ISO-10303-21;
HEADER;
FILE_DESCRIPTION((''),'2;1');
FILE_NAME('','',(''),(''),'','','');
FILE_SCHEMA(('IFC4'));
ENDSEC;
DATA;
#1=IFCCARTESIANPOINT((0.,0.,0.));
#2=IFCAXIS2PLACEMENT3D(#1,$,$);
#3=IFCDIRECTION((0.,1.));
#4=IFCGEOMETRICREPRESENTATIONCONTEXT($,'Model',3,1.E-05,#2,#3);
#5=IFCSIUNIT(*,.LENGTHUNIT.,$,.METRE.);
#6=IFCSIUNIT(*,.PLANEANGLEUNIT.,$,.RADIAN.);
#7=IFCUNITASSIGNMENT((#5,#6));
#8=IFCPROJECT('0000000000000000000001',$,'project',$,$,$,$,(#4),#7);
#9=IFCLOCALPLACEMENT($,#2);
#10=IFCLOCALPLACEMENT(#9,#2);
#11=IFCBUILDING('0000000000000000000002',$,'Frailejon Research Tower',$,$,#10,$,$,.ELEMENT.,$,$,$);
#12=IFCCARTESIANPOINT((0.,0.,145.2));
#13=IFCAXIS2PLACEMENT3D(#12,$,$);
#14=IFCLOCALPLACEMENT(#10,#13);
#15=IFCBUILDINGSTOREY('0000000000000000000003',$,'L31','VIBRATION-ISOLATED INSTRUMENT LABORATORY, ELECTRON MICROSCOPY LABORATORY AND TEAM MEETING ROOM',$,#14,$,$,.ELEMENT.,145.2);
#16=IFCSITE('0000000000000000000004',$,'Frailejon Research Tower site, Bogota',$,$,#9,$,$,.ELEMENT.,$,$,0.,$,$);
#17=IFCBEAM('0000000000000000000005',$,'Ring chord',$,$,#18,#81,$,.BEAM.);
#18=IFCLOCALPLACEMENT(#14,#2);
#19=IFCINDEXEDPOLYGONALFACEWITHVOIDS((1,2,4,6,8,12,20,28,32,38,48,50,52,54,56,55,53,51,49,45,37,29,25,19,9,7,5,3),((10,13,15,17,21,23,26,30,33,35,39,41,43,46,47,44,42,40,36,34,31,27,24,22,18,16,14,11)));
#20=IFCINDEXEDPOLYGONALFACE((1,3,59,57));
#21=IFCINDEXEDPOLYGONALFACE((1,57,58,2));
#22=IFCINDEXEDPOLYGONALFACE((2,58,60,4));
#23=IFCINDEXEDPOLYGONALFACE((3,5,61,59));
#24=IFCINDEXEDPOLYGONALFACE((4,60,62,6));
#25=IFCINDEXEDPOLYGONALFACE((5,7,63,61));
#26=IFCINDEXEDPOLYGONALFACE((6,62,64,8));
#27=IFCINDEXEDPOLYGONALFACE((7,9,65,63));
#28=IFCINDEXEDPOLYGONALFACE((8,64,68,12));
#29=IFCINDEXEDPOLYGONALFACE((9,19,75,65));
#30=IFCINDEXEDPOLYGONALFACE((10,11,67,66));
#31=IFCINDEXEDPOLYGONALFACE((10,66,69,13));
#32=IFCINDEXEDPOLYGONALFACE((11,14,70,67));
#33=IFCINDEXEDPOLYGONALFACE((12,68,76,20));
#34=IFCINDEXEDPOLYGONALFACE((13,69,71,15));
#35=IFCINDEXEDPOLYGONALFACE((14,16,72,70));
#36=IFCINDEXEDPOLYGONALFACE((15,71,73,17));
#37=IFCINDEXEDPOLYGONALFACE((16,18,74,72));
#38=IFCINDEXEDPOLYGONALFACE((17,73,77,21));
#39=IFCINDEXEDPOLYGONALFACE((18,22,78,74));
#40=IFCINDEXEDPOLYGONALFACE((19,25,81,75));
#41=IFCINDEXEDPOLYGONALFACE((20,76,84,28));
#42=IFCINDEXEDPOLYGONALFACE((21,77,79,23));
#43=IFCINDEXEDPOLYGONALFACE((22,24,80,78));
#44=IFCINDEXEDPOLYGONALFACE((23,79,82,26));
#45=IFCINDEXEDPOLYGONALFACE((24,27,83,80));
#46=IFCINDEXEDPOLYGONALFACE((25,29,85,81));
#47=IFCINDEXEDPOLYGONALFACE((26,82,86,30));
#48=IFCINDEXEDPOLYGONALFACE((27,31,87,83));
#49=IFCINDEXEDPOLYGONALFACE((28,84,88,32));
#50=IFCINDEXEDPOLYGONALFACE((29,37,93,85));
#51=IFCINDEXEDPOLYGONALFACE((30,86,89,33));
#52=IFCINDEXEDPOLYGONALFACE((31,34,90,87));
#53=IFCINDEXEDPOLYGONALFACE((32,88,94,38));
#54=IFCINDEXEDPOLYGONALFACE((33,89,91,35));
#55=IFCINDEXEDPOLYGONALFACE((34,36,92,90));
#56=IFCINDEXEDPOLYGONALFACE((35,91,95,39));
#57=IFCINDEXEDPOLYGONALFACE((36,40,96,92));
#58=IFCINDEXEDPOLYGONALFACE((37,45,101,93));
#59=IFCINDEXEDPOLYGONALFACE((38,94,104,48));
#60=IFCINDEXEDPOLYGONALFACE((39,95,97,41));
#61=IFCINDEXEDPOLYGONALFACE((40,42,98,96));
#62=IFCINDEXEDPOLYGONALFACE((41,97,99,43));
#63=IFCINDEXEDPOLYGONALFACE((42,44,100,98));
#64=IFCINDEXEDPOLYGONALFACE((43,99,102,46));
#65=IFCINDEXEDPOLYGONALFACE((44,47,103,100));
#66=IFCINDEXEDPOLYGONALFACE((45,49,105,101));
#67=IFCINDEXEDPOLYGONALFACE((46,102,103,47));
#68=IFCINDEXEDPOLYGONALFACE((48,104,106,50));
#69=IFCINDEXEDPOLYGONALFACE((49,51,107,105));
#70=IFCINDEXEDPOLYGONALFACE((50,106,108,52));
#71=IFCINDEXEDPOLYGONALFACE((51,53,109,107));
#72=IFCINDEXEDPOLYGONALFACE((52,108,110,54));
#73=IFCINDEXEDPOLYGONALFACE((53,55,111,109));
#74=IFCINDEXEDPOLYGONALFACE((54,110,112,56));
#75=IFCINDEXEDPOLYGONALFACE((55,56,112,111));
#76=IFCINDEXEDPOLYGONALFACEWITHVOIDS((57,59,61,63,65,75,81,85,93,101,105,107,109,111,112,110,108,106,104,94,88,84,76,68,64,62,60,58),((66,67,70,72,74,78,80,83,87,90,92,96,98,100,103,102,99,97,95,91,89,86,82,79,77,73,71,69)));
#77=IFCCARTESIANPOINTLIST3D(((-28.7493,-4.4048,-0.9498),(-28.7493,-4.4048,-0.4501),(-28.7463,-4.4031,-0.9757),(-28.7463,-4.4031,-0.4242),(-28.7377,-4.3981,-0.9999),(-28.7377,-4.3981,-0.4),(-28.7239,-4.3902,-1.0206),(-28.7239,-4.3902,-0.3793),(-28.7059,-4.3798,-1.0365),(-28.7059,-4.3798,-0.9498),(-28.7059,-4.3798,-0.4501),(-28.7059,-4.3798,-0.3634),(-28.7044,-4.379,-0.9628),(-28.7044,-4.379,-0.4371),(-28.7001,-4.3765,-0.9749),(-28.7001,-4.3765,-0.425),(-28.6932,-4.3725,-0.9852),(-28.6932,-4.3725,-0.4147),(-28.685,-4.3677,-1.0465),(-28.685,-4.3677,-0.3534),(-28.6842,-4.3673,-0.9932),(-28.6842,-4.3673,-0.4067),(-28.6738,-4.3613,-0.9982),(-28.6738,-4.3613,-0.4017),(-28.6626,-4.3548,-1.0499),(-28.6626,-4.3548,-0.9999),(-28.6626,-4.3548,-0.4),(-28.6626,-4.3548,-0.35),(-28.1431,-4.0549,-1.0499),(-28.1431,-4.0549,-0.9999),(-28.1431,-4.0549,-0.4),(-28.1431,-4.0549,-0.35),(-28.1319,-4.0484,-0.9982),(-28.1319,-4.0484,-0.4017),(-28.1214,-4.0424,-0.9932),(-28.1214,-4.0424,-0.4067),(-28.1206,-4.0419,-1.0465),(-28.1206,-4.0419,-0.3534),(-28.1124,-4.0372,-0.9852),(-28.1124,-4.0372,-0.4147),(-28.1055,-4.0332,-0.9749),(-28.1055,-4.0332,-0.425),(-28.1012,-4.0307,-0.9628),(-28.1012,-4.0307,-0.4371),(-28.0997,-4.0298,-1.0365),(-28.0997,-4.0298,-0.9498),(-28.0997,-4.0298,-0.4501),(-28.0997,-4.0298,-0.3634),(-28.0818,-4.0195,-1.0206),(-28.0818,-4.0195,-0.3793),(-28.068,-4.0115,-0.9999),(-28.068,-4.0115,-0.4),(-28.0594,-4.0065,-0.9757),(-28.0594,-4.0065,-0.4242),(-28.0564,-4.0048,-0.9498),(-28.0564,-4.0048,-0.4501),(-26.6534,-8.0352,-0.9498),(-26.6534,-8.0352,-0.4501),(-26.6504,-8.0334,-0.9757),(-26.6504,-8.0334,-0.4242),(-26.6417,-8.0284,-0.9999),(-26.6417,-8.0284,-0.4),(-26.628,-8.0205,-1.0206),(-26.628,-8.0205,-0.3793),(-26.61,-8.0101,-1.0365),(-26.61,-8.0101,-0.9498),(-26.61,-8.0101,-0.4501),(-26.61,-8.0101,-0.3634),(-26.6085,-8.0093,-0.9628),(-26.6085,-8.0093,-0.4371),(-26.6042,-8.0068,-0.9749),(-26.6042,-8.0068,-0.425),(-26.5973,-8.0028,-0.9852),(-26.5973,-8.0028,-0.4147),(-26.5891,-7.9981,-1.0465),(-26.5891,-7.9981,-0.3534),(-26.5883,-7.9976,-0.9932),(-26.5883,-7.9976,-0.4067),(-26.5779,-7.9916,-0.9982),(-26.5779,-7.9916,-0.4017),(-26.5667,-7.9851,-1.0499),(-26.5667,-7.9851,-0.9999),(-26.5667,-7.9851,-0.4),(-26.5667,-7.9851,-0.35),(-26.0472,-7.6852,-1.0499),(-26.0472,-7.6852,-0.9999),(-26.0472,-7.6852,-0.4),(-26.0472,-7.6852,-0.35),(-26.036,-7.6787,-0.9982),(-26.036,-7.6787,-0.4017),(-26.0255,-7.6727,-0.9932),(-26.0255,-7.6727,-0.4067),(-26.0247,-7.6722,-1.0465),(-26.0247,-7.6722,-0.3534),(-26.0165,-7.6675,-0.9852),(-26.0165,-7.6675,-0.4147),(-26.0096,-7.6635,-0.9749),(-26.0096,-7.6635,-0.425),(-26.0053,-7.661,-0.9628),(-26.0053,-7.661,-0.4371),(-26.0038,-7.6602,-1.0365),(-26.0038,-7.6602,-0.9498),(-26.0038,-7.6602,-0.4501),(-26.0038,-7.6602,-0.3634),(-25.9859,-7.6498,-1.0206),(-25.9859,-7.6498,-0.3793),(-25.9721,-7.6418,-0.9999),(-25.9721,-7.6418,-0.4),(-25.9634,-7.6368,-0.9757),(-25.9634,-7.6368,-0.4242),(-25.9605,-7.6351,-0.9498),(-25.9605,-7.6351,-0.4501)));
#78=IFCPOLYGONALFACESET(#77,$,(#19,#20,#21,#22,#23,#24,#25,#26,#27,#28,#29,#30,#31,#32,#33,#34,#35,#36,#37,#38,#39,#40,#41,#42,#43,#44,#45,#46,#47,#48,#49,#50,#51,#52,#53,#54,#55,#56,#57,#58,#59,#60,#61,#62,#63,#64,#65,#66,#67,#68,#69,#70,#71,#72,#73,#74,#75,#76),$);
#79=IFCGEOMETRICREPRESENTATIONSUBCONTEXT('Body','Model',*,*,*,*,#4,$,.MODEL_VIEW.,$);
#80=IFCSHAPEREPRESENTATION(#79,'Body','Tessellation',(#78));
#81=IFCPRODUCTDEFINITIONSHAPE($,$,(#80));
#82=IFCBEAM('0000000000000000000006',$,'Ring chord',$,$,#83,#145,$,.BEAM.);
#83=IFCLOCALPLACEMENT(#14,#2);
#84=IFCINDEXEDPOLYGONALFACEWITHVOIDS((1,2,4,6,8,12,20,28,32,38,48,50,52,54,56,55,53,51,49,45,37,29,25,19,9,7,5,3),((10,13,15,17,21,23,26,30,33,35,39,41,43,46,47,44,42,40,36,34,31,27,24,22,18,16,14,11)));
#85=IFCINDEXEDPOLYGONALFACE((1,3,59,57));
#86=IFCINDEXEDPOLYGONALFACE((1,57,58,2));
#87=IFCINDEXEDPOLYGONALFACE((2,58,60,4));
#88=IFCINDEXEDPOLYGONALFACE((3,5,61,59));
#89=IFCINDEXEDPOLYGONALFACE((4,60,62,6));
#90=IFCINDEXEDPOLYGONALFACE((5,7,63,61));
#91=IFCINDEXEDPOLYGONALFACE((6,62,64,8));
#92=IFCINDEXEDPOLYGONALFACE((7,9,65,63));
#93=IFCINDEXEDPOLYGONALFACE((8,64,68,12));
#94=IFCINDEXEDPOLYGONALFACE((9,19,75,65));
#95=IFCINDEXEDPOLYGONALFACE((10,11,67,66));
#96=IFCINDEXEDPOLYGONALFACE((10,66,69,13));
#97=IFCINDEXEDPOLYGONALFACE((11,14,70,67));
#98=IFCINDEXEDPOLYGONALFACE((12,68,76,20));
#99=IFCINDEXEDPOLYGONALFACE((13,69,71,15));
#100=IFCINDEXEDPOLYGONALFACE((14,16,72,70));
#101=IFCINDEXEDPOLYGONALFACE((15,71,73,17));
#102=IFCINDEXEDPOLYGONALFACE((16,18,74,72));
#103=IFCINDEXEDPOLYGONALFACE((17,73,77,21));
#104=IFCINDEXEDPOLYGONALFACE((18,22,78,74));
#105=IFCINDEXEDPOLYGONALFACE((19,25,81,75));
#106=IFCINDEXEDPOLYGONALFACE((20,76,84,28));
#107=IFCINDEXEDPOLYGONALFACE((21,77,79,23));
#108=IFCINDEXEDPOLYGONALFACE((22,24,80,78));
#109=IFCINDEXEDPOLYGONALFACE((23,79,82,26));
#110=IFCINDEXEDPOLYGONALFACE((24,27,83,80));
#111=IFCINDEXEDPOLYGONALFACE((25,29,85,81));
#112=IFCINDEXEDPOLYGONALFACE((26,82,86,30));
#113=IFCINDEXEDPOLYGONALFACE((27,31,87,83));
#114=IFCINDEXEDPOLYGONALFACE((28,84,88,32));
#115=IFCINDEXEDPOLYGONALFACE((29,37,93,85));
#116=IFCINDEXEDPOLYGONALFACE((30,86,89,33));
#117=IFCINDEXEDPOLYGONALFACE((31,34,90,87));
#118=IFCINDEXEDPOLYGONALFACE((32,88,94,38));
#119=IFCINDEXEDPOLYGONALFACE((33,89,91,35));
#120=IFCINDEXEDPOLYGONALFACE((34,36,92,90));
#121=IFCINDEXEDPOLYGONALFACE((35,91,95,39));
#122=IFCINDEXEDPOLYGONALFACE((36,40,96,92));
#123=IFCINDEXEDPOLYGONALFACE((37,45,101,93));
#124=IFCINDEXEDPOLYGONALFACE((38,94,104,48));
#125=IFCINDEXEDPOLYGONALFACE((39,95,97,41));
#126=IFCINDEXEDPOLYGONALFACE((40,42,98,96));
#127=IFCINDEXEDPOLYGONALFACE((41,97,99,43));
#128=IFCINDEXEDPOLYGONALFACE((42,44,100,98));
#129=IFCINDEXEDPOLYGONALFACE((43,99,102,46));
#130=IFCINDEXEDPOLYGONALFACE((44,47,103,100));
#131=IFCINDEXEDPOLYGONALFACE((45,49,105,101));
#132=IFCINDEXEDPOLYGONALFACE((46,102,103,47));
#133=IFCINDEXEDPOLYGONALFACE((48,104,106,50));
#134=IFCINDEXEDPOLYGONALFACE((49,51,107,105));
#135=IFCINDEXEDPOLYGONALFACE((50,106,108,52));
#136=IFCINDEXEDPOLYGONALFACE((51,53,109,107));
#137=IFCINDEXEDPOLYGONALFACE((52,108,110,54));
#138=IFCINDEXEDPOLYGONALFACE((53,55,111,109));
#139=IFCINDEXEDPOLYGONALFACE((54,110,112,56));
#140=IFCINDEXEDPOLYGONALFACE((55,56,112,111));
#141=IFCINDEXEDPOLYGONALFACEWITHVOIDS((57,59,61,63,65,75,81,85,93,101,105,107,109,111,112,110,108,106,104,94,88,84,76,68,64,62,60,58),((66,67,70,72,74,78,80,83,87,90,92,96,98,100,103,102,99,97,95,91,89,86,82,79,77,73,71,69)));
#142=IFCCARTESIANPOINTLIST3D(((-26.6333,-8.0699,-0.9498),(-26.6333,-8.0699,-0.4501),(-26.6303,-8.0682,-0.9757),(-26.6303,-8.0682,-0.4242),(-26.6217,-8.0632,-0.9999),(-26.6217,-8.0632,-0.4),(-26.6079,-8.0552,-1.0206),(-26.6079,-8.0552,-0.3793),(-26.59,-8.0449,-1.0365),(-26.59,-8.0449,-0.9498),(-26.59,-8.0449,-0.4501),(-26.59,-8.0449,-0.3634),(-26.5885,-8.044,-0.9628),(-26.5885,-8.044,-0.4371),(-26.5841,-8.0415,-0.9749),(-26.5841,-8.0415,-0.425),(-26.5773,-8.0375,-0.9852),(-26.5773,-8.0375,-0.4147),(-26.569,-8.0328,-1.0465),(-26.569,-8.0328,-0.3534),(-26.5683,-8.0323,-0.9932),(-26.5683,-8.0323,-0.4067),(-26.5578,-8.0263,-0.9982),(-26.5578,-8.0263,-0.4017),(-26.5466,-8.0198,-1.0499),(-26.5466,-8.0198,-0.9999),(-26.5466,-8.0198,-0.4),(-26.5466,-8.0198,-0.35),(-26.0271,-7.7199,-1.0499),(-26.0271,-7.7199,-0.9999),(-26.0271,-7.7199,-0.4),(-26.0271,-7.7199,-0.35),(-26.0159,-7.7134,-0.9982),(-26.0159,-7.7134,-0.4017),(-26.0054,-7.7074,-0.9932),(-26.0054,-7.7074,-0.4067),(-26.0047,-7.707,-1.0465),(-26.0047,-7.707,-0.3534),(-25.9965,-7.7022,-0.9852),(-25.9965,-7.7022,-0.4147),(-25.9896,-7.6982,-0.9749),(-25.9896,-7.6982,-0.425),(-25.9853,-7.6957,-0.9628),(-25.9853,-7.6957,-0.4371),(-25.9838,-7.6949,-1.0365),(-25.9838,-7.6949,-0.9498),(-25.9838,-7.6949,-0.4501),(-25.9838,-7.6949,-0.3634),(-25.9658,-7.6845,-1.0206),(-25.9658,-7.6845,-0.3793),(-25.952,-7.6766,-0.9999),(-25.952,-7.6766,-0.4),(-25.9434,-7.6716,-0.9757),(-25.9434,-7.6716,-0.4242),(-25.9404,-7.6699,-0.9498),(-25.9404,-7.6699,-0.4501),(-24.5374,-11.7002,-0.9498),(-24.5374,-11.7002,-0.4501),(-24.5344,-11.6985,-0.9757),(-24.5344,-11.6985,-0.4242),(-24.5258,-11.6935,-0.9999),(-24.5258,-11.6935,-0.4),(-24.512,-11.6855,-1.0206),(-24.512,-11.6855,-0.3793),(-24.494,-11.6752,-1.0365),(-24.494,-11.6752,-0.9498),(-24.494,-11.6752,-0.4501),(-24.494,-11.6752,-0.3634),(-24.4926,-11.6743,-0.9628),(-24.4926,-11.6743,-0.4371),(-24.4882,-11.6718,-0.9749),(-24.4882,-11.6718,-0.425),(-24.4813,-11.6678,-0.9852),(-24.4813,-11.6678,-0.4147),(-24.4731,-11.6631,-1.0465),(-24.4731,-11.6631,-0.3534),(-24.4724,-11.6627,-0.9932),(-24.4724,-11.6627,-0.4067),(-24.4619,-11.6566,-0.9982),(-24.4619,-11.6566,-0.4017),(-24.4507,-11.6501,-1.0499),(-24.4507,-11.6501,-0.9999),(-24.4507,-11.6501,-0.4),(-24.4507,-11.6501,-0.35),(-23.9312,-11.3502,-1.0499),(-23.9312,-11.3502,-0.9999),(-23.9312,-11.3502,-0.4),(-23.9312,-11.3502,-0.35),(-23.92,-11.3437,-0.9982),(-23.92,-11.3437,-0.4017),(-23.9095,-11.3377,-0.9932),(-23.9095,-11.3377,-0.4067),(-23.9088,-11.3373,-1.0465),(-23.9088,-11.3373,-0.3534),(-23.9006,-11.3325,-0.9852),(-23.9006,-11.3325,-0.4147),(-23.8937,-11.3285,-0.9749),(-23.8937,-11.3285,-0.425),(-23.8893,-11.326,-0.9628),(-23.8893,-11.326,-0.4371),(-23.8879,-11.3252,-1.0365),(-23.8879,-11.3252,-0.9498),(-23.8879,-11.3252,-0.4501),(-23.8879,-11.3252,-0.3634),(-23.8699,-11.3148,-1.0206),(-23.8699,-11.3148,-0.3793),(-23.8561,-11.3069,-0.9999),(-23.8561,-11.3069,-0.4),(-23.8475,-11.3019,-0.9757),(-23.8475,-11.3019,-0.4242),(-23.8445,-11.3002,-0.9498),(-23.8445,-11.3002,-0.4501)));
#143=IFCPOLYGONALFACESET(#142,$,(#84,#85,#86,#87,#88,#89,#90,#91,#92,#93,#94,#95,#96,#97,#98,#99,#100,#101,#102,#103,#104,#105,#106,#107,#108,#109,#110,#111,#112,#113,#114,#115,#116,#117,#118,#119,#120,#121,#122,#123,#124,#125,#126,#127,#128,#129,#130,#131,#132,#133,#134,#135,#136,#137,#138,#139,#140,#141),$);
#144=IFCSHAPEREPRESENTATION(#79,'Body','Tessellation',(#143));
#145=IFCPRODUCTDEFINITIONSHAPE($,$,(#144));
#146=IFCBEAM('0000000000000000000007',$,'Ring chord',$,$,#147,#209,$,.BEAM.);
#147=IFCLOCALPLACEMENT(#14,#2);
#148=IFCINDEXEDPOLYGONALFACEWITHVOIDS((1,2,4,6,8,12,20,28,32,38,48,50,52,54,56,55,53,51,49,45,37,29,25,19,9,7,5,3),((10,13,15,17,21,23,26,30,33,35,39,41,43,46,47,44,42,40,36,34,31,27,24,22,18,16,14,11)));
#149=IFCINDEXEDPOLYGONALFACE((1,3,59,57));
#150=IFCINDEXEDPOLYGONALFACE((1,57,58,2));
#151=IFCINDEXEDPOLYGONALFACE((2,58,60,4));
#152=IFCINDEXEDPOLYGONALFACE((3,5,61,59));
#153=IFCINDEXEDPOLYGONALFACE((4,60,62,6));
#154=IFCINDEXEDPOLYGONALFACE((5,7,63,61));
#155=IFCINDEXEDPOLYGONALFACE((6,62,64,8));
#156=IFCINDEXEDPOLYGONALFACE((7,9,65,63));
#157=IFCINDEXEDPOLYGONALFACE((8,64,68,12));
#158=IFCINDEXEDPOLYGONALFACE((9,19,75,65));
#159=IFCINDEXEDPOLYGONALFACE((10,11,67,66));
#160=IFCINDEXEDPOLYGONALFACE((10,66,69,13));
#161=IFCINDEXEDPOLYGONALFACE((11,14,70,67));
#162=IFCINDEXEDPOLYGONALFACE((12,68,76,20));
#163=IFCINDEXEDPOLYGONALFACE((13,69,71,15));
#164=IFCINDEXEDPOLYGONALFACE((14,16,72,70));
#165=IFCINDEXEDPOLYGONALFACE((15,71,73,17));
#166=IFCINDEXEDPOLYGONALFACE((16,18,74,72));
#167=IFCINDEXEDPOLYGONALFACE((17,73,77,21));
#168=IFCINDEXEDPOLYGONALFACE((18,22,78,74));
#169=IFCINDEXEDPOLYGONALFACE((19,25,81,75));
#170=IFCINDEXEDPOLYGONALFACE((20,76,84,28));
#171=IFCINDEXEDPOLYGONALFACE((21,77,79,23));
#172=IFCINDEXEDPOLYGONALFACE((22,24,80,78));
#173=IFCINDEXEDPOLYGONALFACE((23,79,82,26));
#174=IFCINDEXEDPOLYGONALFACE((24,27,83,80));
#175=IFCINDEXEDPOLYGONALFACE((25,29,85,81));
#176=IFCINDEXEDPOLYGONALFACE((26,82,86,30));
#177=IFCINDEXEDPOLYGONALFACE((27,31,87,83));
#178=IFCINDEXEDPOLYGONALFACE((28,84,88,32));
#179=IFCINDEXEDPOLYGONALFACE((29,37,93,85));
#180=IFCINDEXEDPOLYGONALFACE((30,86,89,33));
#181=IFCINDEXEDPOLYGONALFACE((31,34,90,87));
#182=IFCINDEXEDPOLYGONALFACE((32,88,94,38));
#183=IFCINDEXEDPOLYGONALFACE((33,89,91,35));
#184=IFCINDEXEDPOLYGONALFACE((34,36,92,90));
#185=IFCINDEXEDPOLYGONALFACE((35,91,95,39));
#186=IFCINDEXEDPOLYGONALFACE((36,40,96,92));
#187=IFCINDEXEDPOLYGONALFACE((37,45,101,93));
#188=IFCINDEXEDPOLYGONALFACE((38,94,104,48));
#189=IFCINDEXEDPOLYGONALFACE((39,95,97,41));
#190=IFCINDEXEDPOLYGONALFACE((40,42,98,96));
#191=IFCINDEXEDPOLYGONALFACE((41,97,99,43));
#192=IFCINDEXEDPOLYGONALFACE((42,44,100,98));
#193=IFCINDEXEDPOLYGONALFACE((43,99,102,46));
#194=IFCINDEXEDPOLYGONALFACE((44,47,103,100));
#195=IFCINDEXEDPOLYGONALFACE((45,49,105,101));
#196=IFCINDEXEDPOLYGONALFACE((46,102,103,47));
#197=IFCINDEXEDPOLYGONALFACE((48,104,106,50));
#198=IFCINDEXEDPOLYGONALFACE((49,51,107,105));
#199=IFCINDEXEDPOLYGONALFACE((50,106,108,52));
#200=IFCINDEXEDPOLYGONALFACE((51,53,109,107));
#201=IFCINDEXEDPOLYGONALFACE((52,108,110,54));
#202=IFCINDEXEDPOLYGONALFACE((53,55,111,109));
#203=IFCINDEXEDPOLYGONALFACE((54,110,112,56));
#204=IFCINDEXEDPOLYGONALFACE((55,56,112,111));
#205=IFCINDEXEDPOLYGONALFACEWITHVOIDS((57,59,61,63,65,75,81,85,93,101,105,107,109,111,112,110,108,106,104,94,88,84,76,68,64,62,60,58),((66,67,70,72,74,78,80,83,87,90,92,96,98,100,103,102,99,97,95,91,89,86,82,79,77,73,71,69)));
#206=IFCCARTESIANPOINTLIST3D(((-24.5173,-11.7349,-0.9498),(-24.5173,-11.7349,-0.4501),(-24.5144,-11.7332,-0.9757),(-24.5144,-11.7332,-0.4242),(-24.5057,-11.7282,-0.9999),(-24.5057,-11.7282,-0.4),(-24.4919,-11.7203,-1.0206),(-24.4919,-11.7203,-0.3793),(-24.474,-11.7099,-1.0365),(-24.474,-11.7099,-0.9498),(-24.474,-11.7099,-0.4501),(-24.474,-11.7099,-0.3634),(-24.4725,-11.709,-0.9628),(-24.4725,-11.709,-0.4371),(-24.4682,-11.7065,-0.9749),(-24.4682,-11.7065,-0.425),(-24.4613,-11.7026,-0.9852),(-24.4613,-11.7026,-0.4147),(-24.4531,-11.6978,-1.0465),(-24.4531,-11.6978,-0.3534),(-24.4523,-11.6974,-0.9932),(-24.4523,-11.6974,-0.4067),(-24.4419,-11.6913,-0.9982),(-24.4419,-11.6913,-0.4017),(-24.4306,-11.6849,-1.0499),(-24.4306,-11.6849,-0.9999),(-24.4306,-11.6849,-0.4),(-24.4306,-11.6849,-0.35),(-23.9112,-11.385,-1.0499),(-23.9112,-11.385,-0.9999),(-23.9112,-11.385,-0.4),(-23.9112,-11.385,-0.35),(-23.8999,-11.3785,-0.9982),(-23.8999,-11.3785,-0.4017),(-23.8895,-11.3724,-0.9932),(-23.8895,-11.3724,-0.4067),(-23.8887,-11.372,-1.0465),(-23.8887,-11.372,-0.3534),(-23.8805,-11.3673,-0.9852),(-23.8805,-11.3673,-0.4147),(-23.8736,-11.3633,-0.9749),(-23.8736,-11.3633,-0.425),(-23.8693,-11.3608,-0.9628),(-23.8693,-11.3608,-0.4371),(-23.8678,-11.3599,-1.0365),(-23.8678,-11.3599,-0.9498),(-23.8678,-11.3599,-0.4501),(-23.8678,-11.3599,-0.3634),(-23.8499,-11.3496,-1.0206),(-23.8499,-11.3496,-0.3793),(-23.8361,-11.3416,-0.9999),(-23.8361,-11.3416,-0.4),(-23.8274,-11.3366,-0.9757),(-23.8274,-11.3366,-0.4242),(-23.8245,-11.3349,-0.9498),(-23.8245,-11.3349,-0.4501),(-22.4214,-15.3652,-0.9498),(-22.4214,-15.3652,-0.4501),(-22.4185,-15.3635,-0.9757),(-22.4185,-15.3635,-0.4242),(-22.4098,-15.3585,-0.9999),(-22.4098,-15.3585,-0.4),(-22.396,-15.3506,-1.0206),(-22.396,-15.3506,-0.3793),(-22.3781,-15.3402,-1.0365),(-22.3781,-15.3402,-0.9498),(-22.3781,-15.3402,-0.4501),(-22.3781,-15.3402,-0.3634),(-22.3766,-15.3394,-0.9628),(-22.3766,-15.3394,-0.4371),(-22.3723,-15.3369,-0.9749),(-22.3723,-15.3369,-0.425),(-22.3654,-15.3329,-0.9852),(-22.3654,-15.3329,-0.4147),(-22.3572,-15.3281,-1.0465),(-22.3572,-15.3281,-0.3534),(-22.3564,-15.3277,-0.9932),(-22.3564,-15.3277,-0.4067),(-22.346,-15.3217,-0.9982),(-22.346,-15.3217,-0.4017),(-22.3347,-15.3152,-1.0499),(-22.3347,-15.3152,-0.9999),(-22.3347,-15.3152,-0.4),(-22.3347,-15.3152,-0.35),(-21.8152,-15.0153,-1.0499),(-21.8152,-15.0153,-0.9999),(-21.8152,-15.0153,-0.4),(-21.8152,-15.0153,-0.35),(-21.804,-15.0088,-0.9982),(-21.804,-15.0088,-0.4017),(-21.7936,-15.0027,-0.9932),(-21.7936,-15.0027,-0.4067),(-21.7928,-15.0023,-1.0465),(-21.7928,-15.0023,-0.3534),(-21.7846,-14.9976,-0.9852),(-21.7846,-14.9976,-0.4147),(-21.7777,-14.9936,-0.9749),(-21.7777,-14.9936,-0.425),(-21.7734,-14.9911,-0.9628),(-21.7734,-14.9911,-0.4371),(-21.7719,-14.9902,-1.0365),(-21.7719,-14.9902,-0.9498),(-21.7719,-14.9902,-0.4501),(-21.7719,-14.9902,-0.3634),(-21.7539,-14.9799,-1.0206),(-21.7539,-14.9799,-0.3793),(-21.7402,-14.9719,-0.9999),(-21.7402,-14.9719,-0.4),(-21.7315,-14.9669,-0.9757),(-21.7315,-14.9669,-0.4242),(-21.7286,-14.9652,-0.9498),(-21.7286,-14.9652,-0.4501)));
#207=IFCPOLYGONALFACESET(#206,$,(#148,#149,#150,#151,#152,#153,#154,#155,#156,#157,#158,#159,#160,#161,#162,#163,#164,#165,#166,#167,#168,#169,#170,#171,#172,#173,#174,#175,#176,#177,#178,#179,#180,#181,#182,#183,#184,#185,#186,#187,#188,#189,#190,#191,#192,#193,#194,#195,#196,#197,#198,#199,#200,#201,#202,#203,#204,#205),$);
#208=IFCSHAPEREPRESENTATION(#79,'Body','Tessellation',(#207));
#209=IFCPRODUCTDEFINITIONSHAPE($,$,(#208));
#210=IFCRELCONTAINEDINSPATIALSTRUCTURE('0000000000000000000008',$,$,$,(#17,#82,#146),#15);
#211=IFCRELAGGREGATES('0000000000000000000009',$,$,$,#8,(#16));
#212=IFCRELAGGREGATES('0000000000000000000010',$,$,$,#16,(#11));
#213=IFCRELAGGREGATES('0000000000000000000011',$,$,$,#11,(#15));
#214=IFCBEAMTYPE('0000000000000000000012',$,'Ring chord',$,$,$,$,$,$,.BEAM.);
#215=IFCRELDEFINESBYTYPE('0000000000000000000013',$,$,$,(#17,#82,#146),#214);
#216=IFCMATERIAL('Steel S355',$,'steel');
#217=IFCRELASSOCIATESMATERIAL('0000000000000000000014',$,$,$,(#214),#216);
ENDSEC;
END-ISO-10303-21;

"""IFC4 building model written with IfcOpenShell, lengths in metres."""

from ifc_helpers import new_model, si_unit, direction, frame, origin, origin_2d, place, context, subcontext, project, spatial, hollow_rectangle, extrude, material, material_profile, profile_set, type_object, element, save


model = new_model("IFC4")

# Units and contexts
model_context = context("Model", 3, precision=1e-05, world=origin(), true_north=direction((0.0, 1.0)))
body_context = subcontext(model_context, "Body", "Model", "MODEL_VIEW")
ifc_project = project(units=[si_unit("LENGTHUNIT", "METRE"), si_unit("PLANEANGLEUNIT", "RADIAN")], contexts=[model_context])

# Site, building, storey
site_placement = place(None, origin())
site = spatial("IfcSite", under=ifc_project, at=site_placement, Name="Frailejon Research Tower site, Bogota", CompositionType="ELEMENT", RefElevation=0.0)
building_placement = place(site_placement, origin())
building = spatial("IfcBuilding", under=site, at=building_placement, Name="Frailejon Research Tower", CompositionType="ELEMENT")
storey_placement = place(building_placement, frame((0.0, 0.0, 145.2)))
storey = spatial("IfcBuildingStorey", under=building, at=storey_placement, Name="L31", Description="VIBRATION-ISOLATED INSTRUMENT LABORATORY, ELECTRON MICROSCOPY LABORATORY AND TEAM MEETING ROOM", CompositionType="ELEMENT", Elevation=145.2)

# Beams
ifc_material_1 = material(Name="Steel S355", Category="steel")
ifc_material_profile_1 = material_profile(ifc_material_1, hollow_rectangle(XDim=0.8, YDim=0.7, WallThickness=0.05, InnerFilletRadius=0.05, OuterFilletRadius=0.1001, at=origin_2d()), Name="Ring chord")
ifc_profile_set_1 = profile_set([ifc_material_profile_1], Name="Steel S355")
beam_type_1 = type_object("IfcBeamType", Name="Ring chord", PredefinedType="BEAM", material=ifc_profile_set_1)
for number, where, z_axis, x_axis, name in (
    (1, (-28.4028, -4.2048, -0.7), (0.499991, -0.86603, 0.0), (0.86603, 0.499991, 0.0), "Ring chord"),
    (2, (-26.2869, -7.8699, -0.7), (0.499991, -0.86603, 0.0), (0.86603, 0.499991, 0.0), "Ring chord"),
    (3, (-24.1709, -11.5349, -0.7), (0.499991, -0.86603, 0.0), (0.86603, 0.499991, 0.0), "Ring chord"),
):
    element("IfcBeam", number, at=place(storey_placement, frame(where, z_axis=z_axis, x_axis=x_axis)), inside=storey, type_object=beam_type_1, Name=name, PredefinedType="BEAM", context=body_context, shape_type="SweptSolid", body=[
        extrude(hollow_rectangle(XDim=0.8, YDim=0.7, WallThickness=0.05, InnerFilletRadius=0.05, OuterFilletRadius=0.1001, at=origin_2d()), origin(), (0.0, 0.0, 1.0), 4.1919),
    ])

save(model, "model.ifc")
